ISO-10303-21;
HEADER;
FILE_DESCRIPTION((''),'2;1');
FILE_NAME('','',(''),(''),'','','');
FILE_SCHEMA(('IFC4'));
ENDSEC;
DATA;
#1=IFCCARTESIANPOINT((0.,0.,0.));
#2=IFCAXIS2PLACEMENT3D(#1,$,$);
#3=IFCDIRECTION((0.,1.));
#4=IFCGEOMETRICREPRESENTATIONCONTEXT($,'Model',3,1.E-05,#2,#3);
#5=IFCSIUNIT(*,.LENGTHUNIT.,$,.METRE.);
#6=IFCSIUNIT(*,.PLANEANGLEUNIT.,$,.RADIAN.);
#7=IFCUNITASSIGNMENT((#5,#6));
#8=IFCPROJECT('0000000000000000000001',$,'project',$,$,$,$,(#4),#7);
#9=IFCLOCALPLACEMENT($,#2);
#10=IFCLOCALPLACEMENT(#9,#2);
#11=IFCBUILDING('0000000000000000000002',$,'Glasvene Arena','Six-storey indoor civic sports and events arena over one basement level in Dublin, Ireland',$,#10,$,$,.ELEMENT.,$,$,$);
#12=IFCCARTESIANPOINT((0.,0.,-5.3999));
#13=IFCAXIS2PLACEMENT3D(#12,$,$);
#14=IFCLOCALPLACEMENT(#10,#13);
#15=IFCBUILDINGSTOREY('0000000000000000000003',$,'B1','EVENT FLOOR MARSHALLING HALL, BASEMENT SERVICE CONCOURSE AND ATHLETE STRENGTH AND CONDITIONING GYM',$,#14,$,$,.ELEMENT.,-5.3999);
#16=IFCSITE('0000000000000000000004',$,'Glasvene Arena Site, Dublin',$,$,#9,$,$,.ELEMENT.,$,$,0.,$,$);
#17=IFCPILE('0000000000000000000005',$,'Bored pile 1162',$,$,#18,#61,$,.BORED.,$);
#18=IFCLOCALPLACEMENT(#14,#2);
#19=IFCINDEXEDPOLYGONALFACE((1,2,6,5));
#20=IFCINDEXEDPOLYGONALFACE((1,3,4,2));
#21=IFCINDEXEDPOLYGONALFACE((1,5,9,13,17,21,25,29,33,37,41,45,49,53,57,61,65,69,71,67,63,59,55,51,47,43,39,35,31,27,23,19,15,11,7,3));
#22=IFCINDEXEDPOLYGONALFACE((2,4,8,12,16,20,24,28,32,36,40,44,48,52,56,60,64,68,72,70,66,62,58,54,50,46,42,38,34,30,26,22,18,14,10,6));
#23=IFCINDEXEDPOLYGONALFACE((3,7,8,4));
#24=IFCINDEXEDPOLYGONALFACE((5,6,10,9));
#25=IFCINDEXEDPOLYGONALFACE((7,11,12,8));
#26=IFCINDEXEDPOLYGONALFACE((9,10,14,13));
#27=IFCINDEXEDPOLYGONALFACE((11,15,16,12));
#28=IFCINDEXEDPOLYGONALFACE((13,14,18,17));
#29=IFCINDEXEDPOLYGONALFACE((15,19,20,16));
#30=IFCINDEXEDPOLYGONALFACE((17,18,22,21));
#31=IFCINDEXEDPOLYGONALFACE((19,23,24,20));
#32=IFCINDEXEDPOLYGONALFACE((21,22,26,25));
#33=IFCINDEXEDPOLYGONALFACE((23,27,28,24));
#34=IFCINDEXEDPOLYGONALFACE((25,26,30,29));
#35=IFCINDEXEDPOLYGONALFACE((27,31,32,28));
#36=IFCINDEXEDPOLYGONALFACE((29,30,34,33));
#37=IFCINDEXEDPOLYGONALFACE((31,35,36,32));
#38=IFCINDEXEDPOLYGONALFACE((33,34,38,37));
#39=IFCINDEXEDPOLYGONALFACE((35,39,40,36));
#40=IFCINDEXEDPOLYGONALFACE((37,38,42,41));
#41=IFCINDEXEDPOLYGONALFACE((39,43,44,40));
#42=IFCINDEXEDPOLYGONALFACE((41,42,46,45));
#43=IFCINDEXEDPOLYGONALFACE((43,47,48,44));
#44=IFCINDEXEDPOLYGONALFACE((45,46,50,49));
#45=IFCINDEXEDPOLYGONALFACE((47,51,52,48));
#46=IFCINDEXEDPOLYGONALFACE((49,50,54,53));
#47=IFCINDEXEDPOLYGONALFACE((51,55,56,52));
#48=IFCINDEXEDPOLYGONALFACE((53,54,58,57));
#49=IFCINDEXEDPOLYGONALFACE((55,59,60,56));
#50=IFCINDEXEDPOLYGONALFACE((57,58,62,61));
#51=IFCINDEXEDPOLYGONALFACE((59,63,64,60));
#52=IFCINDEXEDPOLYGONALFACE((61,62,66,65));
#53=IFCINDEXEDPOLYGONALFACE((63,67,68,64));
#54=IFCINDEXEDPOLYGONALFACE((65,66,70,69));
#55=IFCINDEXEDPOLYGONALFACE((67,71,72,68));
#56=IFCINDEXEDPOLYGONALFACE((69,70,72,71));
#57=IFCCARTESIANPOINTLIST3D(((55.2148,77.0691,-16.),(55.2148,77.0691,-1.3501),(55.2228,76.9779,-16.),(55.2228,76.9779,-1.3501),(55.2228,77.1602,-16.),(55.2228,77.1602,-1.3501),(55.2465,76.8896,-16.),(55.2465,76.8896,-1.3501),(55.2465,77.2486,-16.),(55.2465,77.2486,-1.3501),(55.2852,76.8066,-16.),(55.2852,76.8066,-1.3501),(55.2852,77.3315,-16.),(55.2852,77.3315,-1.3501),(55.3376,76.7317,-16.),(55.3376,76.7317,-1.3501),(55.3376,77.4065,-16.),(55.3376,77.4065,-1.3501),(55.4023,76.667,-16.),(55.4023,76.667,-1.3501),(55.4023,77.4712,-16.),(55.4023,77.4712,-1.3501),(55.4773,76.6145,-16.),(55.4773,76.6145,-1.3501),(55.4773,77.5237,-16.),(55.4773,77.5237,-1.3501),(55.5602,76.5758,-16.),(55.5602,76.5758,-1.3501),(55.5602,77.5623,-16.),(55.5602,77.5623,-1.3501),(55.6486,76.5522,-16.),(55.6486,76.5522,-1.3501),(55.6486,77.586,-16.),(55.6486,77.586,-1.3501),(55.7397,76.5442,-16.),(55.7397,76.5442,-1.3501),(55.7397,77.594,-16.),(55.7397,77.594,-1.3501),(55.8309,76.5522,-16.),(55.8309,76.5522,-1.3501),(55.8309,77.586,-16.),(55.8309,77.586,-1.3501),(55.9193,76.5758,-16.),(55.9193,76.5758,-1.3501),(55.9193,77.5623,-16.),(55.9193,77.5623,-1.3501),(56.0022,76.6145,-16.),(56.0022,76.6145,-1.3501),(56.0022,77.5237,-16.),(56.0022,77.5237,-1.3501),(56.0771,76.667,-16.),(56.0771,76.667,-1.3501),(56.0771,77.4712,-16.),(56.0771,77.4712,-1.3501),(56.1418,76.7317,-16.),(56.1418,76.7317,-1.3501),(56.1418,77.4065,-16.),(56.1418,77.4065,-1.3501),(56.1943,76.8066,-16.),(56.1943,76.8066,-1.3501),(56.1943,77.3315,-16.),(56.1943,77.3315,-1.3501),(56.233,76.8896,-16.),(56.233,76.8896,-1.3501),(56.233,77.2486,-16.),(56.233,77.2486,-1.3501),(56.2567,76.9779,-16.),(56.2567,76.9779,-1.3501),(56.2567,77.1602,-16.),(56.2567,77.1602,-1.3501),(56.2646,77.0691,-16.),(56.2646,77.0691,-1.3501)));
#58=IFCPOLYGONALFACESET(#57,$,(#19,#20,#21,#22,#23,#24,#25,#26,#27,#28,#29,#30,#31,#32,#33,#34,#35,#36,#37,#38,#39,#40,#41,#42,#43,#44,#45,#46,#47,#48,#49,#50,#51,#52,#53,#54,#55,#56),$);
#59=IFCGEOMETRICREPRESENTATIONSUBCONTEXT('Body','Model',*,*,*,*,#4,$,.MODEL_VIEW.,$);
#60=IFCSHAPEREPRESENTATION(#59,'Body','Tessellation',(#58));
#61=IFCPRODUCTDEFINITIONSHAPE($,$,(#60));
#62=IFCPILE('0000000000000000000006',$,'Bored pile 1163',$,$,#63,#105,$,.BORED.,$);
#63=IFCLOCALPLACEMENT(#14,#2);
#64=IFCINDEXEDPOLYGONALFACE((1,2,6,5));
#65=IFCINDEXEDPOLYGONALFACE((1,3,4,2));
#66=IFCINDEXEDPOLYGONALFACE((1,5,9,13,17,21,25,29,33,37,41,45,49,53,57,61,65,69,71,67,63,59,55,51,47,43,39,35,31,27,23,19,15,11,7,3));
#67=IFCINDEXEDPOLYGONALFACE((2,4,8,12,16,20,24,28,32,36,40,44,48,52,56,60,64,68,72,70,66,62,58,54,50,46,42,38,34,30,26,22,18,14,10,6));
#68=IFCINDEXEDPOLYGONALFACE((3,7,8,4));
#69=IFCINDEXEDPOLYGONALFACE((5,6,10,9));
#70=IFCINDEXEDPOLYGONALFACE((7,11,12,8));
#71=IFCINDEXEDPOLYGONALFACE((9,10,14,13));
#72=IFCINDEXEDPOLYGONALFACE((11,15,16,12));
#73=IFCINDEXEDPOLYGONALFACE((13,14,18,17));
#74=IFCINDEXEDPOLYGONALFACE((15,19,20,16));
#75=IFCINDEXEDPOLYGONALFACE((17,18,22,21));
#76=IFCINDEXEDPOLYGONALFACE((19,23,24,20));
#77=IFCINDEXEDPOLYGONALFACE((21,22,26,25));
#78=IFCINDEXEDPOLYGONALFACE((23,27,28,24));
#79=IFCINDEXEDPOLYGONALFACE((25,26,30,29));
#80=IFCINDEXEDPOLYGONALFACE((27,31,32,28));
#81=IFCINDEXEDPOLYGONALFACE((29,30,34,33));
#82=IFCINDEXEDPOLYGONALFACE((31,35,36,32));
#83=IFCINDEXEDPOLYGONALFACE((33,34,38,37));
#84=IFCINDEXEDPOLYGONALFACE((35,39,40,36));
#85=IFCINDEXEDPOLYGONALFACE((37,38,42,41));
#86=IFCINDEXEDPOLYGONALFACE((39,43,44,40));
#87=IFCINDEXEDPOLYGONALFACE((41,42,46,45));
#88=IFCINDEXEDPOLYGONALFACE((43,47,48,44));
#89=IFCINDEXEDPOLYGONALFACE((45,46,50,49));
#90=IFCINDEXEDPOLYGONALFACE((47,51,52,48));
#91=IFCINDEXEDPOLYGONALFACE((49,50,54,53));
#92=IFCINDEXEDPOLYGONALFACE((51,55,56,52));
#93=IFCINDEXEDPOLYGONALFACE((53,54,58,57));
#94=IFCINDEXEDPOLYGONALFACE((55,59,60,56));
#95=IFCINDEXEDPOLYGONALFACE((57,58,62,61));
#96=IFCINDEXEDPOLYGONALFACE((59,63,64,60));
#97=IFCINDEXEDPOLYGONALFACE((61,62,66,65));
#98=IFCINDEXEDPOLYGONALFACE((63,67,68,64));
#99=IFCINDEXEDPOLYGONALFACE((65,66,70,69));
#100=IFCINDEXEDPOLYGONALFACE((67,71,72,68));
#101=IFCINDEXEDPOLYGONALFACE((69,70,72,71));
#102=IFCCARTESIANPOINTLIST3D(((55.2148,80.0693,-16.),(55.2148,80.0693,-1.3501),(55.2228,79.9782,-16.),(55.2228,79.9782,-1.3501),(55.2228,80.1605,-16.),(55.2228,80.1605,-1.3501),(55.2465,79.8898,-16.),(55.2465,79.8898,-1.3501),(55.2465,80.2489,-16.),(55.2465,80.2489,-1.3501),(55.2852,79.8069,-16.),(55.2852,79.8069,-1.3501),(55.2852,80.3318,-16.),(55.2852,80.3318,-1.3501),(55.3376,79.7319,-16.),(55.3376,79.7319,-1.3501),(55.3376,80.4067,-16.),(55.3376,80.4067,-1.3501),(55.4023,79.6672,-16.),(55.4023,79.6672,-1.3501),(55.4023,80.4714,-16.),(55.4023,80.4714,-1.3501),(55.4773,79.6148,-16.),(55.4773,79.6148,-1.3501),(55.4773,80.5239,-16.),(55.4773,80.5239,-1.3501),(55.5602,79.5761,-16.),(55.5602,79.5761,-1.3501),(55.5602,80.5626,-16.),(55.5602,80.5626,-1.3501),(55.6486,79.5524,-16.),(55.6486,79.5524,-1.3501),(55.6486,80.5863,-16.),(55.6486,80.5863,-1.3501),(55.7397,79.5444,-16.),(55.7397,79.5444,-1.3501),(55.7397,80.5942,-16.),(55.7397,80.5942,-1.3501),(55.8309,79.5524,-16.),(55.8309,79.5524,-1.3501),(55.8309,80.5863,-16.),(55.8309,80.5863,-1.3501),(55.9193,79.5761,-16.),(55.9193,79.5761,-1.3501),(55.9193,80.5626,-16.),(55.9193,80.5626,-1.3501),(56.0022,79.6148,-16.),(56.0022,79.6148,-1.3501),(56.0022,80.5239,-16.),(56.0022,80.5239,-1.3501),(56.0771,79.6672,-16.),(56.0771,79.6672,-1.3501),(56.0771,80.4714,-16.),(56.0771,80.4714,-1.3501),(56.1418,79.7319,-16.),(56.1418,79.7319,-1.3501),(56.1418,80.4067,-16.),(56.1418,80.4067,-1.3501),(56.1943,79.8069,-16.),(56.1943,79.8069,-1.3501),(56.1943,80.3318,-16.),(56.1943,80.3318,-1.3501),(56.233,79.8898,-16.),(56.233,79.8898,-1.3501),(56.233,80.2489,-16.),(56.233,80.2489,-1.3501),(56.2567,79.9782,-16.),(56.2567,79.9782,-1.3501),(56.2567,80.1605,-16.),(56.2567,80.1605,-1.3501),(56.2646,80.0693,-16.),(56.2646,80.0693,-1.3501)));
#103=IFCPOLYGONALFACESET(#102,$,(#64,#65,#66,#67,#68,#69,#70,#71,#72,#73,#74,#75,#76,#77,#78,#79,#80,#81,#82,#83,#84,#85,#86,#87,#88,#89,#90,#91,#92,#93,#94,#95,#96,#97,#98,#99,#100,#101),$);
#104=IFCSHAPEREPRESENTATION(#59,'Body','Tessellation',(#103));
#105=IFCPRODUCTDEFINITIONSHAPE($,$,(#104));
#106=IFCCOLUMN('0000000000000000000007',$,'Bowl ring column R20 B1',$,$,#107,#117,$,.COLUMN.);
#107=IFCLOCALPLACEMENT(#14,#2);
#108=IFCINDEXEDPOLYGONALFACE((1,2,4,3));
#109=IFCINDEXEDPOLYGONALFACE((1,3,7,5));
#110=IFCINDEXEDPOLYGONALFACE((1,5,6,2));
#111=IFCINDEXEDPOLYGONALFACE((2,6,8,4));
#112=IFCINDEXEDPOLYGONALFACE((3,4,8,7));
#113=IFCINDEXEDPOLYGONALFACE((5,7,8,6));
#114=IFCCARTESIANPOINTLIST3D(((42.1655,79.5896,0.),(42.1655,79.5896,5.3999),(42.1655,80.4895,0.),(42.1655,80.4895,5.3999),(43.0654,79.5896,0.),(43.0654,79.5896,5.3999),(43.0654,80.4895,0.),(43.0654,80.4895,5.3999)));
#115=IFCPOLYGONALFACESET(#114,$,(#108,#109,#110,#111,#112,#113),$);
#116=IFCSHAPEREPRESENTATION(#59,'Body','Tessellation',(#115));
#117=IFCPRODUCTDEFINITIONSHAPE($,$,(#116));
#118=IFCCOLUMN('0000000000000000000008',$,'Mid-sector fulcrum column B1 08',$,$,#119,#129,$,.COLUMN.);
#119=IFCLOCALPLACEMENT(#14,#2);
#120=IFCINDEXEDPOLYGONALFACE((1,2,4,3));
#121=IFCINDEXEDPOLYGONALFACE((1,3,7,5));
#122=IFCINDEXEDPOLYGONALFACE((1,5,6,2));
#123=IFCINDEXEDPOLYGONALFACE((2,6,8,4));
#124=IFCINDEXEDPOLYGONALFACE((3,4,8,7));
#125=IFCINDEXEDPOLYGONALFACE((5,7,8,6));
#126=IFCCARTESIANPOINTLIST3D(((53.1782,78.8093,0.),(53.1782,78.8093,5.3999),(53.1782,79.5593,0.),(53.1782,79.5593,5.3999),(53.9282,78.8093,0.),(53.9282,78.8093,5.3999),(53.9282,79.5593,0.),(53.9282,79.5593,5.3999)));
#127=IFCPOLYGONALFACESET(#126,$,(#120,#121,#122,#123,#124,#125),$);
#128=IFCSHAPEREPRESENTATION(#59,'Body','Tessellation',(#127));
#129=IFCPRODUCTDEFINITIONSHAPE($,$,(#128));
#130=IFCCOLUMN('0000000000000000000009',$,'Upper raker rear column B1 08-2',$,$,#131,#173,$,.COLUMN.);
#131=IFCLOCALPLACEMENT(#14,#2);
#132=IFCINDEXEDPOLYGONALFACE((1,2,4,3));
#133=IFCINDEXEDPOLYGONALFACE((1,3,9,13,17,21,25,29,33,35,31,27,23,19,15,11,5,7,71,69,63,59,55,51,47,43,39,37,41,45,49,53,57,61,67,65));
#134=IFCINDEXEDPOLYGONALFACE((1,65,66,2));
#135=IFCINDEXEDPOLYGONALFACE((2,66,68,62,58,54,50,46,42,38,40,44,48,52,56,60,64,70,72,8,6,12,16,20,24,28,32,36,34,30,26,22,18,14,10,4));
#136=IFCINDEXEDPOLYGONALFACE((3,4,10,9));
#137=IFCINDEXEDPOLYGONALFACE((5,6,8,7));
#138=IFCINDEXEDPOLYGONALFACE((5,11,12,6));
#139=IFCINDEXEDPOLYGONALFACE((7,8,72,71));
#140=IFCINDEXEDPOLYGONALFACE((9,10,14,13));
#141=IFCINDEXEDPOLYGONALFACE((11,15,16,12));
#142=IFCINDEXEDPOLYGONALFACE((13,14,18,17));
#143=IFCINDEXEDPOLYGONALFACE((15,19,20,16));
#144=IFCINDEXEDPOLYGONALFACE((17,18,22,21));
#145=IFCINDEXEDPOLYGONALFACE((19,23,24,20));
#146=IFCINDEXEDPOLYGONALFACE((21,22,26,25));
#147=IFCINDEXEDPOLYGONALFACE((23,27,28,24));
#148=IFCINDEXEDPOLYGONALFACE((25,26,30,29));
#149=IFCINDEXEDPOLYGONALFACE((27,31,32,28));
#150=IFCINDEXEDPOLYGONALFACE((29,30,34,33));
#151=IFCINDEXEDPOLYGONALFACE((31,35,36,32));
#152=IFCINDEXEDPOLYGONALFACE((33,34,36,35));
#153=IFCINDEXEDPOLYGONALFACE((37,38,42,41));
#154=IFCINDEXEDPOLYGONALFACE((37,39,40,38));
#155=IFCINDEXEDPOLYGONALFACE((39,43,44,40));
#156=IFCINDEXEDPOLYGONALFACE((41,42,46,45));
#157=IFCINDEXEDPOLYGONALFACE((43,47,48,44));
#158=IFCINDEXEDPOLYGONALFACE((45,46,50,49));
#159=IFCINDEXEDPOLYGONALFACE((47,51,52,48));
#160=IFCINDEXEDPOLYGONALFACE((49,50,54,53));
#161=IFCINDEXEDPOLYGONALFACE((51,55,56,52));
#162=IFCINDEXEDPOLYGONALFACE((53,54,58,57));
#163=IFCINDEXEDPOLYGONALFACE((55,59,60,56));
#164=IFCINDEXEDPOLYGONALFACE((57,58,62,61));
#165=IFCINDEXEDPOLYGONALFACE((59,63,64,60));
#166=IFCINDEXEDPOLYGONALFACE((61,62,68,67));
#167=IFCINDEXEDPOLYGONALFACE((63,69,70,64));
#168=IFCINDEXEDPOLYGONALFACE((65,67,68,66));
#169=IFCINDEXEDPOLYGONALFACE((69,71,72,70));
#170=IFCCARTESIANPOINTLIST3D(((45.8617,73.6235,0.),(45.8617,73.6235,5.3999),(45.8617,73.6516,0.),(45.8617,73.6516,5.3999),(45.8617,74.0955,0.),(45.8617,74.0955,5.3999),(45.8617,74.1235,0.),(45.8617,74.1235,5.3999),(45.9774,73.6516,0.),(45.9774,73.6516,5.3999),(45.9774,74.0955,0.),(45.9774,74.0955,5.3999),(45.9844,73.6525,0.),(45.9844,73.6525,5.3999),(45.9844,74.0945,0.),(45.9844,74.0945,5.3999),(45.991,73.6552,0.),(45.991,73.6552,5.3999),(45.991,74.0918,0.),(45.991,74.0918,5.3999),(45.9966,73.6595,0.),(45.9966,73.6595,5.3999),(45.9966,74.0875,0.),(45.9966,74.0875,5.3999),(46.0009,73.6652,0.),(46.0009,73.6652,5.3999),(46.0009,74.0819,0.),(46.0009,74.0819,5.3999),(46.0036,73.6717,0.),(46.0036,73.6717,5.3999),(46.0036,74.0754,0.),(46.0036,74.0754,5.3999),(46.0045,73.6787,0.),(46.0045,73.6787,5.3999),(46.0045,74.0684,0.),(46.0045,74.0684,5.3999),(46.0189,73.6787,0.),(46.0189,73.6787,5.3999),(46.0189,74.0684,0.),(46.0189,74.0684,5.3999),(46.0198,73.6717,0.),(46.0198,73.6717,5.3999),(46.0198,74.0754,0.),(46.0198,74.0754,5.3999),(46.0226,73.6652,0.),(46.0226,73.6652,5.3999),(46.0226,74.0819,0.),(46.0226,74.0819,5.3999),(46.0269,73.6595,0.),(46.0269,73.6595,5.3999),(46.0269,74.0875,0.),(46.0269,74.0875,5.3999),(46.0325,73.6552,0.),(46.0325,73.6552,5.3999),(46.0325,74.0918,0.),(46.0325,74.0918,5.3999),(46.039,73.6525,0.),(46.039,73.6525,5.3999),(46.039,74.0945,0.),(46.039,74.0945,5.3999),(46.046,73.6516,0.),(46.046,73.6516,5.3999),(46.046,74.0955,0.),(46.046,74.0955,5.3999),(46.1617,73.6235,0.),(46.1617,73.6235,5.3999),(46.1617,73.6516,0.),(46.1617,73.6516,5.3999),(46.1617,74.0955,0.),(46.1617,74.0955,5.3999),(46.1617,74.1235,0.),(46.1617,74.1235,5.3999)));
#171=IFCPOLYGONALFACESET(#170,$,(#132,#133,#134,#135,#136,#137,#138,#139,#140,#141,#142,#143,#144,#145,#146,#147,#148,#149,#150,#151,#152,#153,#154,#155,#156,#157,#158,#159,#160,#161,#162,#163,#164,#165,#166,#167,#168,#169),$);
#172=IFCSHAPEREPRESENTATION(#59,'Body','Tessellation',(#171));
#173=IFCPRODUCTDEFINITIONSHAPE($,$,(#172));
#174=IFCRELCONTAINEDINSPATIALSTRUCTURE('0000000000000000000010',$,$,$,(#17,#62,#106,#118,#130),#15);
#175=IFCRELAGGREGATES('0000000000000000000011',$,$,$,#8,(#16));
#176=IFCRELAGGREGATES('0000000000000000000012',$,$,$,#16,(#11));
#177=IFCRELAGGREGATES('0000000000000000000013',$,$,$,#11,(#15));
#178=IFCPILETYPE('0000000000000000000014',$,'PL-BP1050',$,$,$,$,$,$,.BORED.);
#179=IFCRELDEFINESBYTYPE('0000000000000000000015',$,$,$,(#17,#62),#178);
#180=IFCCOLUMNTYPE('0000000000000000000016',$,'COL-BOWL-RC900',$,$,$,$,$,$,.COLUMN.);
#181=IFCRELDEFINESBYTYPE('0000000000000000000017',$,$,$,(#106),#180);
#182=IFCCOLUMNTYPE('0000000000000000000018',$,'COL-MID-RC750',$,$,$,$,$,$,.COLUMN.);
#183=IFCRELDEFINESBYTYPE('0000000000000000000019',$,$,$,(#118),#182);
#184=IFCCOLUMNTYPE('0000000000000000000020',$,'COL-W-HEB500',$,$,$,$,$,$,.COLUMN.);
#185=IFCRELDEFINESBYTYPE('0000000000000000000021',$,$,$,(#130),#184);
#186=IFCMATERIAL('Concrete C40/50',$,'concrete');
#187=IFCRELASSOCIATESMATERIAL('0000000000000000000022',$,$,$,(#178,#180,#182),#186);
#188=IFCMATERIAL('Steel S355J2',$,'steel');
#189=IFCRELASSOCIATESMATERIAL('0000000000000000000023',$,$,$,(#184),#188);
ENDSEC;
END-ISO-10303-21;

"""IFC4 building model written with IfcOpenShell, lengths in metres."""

from ifc_helpers import new_model, si_unit, direction, frame, origin, origin_2d, place, context, subcontext, project, spatial, rectangle, circle, i_section, extrude, material, material_profile, profile_set, type_object, element, save


model = new_model("IFC4")

# Units and contexts
model_context = context("Model", 3, precision=1e-05, world=origin(), true_north=direction((0.0, 1.0)))
body_context = subcontext(model_context, "Body", "Model", "MODEL_VIEW")
ifc_project = project(units=[si_unit("LENGTHUNIT", "METRE"), si_unit("PLANEANGLEUNIT", "RADIAN")], contexts=[model_context])

# Site, building, storey
site_placement = place(None, origin())
site = spatial("IfcSite", under=ifc_project, at=site_placement, Name="Glasvene Arena Site, Dublin", CompositionType="ELEMENT", RefElevation=0.0)
building_placement = place(site_placement, origin())
building = spatial("IfcBuilding", under=site, at=building_placement, Name="Glasvene Arena", Description="Six-storey indoor civic sports and events arena over one basement level in Dublin, Ireland", CompositionType="ELEMENT")
storey_placement = place(building_placement, frame((0.0, 0.0, -5.3999)))
storey = spatial("IfcBuildingStorey", under=building, at=storey_placement, Name="B1", Description="EVENT FLOOR MARSHALLING HALL, BASEMENT SERVICE CONCOURSE AND ATHLETE STRENGTH AND CONDITIONING GYM", CompositionType="ELEMENT", Elevation=-5.3999)

# Piles
ifc_material_1 = material(Name="Concrete C40/50", Category="concrete")
ifc_material_profile_1 = material_profile(ifc_material_1, circle(Radius=0.5249, at=origin_2d()), Name="BORED PILE 1050")
ifc_profile_set_1 = profile_set([ifc_material_profile_1], Name="Concrete C40/50")
pile_type = type_object("IfcPileType", Name="PL-BP1050", PredefinedType="BORED", material=ifc_profile_set_1)
for number, where, z_axis, x_axis, name in (
    (1, (55.7397, 77.0691, -1.3501), (0.0, 0.0, -1.0), (1.0, 0.0, 0.0), "Bored pile 1162"),
    (2, (55.7397, 80.0693, -1.3501), (0.0, 0.0, -1.0), (1.0, 0.0, 0.0), "Bored pile 1163"),
):
    element("IfcPile", number, at=place(storey_placement, frame(where, z_axis=z_axis, x_axis=x_axis)), inside=storey, type_object=pile_type, Name=name, PredefinedType="BORED", context=body_context, shape_type="SweptSolid", body=[
        extrude(circle(Radius=0.5249, at=origin_2d()), origin(), (0.0, 0.0, 1.0), 14.6499),
    ])

# Columns
ifc_material_profile_2 = material_profile(ifc_material_1, rectangle(XDim=0.8999, YDim=0.8999, at=origin_2d()), Name="RC 900x900")
ifc_profile_set_2 = profile_set([ifc_material_profile_2], Name="Concrete C40/50")
column_type_1 = type_object("IfcColumnType", Name="COL-BOWL-RC900", PredefinedType="COLUMN", material=ifc_profile_set_2)
column_1_placement = place(storey_placement, frame((42.6155, 80.0396, 0.0), z_axis=(0.0, 0.0, 1.0), x_axis=(1.0, 0.0, 0.0)))
element("IfcColumn", 3, at=column_1_placement, inside=storey, type_object=column_type_1, Name="Bowl ring column R20 B1", PredefinedType="COLUMN", context=body_context, shape_type="SweptSolid", body=[
    extrude(rectangle(XDim=0.8999, YDim=0.8999, at=origin_2d()), origin(), (0.0, 0.0, 1.0), 5.3999),
])
ifc_material_profile_3 = material_profile(ifc_material_1, rectangle(XDim=0.75, YDim=0.75, at=origin_2d()), Name="RC 750x750")
ifc_profile_set_3 = profile_set([ifc_material_profile_3], Name="Concrete C40/50")
column_type_2 = type_object("IfcColumnType", Name="COL-MID-RC750", PredefinedType="COLUMN", material=ifc_profile_set_3)
column_2_placement = place(storey_placement, frame((53.5532, 79.1843, 0.0), z_axis=(0.0, 0.0, 1.0), x_axis=(1.0, 0.0, 0.0)))
element("IfcColumn", 4, at=column_2_placement, inside=storey, type_object=column_type_2, Name="Mid-sector fulcrum column B1 08", PredefinedType="COLUMN", context=body_context, shape_type="SweptSolid", body=[
    extrude(rectangle(XDim=0.75, YDim=0.75, at=origin_2d()), origin(), (0.0, 0.0, 1.0), 5.3999),
])
ifc_material_2 = material(Name="Steel S355J2", Category="steel")
ifc_material_profile_4 = material_profile(ifc_material_2, i_section(OverallWidth=0.3, OverallDepth=0.5, WebThickness=0.0144, FlangeThickness=0.0281, FilletRadius=0.0271, at=origin_2d()), Name="HEB 500")
ifc_profile_set_4 = profile_set([ifc_material_profile_4], Name="Steel S355J2")
column_type_3 = type_object("IfcColumnType", Name="COL-W-HEB500", PredefinedType="COLUMN", material=ifc_profile_set_4)
for number, where, z_axis, x_axis, name in (
    (5, (46.0117, 73.8735, 0.0), (0.0, 0.0, 1.0), (1.0, 0.0, 0.0), "Upper raker rear column B1 08-2"),
):
    element("IfcColumn", number, at=place(storey_placement, frame(where, z_axis=z_axis, x_axis=x_axis)), inside=storey, type_object=column_type_3, Name=name, PredefinedType="COLUMN", context=body_context, shape_type="SweptSolid", body=[
        extrude(i_section(OverallWidth=0.3, OverallDepth=0.5, WebThickness=0.0144, FlangeThickness=0.0281, FilletRadius=0.0271, at=origin_2d()), origin(), (0.0, 0.0, 1.0), 5.3999),
    ])

save(model, "model.ifc")
